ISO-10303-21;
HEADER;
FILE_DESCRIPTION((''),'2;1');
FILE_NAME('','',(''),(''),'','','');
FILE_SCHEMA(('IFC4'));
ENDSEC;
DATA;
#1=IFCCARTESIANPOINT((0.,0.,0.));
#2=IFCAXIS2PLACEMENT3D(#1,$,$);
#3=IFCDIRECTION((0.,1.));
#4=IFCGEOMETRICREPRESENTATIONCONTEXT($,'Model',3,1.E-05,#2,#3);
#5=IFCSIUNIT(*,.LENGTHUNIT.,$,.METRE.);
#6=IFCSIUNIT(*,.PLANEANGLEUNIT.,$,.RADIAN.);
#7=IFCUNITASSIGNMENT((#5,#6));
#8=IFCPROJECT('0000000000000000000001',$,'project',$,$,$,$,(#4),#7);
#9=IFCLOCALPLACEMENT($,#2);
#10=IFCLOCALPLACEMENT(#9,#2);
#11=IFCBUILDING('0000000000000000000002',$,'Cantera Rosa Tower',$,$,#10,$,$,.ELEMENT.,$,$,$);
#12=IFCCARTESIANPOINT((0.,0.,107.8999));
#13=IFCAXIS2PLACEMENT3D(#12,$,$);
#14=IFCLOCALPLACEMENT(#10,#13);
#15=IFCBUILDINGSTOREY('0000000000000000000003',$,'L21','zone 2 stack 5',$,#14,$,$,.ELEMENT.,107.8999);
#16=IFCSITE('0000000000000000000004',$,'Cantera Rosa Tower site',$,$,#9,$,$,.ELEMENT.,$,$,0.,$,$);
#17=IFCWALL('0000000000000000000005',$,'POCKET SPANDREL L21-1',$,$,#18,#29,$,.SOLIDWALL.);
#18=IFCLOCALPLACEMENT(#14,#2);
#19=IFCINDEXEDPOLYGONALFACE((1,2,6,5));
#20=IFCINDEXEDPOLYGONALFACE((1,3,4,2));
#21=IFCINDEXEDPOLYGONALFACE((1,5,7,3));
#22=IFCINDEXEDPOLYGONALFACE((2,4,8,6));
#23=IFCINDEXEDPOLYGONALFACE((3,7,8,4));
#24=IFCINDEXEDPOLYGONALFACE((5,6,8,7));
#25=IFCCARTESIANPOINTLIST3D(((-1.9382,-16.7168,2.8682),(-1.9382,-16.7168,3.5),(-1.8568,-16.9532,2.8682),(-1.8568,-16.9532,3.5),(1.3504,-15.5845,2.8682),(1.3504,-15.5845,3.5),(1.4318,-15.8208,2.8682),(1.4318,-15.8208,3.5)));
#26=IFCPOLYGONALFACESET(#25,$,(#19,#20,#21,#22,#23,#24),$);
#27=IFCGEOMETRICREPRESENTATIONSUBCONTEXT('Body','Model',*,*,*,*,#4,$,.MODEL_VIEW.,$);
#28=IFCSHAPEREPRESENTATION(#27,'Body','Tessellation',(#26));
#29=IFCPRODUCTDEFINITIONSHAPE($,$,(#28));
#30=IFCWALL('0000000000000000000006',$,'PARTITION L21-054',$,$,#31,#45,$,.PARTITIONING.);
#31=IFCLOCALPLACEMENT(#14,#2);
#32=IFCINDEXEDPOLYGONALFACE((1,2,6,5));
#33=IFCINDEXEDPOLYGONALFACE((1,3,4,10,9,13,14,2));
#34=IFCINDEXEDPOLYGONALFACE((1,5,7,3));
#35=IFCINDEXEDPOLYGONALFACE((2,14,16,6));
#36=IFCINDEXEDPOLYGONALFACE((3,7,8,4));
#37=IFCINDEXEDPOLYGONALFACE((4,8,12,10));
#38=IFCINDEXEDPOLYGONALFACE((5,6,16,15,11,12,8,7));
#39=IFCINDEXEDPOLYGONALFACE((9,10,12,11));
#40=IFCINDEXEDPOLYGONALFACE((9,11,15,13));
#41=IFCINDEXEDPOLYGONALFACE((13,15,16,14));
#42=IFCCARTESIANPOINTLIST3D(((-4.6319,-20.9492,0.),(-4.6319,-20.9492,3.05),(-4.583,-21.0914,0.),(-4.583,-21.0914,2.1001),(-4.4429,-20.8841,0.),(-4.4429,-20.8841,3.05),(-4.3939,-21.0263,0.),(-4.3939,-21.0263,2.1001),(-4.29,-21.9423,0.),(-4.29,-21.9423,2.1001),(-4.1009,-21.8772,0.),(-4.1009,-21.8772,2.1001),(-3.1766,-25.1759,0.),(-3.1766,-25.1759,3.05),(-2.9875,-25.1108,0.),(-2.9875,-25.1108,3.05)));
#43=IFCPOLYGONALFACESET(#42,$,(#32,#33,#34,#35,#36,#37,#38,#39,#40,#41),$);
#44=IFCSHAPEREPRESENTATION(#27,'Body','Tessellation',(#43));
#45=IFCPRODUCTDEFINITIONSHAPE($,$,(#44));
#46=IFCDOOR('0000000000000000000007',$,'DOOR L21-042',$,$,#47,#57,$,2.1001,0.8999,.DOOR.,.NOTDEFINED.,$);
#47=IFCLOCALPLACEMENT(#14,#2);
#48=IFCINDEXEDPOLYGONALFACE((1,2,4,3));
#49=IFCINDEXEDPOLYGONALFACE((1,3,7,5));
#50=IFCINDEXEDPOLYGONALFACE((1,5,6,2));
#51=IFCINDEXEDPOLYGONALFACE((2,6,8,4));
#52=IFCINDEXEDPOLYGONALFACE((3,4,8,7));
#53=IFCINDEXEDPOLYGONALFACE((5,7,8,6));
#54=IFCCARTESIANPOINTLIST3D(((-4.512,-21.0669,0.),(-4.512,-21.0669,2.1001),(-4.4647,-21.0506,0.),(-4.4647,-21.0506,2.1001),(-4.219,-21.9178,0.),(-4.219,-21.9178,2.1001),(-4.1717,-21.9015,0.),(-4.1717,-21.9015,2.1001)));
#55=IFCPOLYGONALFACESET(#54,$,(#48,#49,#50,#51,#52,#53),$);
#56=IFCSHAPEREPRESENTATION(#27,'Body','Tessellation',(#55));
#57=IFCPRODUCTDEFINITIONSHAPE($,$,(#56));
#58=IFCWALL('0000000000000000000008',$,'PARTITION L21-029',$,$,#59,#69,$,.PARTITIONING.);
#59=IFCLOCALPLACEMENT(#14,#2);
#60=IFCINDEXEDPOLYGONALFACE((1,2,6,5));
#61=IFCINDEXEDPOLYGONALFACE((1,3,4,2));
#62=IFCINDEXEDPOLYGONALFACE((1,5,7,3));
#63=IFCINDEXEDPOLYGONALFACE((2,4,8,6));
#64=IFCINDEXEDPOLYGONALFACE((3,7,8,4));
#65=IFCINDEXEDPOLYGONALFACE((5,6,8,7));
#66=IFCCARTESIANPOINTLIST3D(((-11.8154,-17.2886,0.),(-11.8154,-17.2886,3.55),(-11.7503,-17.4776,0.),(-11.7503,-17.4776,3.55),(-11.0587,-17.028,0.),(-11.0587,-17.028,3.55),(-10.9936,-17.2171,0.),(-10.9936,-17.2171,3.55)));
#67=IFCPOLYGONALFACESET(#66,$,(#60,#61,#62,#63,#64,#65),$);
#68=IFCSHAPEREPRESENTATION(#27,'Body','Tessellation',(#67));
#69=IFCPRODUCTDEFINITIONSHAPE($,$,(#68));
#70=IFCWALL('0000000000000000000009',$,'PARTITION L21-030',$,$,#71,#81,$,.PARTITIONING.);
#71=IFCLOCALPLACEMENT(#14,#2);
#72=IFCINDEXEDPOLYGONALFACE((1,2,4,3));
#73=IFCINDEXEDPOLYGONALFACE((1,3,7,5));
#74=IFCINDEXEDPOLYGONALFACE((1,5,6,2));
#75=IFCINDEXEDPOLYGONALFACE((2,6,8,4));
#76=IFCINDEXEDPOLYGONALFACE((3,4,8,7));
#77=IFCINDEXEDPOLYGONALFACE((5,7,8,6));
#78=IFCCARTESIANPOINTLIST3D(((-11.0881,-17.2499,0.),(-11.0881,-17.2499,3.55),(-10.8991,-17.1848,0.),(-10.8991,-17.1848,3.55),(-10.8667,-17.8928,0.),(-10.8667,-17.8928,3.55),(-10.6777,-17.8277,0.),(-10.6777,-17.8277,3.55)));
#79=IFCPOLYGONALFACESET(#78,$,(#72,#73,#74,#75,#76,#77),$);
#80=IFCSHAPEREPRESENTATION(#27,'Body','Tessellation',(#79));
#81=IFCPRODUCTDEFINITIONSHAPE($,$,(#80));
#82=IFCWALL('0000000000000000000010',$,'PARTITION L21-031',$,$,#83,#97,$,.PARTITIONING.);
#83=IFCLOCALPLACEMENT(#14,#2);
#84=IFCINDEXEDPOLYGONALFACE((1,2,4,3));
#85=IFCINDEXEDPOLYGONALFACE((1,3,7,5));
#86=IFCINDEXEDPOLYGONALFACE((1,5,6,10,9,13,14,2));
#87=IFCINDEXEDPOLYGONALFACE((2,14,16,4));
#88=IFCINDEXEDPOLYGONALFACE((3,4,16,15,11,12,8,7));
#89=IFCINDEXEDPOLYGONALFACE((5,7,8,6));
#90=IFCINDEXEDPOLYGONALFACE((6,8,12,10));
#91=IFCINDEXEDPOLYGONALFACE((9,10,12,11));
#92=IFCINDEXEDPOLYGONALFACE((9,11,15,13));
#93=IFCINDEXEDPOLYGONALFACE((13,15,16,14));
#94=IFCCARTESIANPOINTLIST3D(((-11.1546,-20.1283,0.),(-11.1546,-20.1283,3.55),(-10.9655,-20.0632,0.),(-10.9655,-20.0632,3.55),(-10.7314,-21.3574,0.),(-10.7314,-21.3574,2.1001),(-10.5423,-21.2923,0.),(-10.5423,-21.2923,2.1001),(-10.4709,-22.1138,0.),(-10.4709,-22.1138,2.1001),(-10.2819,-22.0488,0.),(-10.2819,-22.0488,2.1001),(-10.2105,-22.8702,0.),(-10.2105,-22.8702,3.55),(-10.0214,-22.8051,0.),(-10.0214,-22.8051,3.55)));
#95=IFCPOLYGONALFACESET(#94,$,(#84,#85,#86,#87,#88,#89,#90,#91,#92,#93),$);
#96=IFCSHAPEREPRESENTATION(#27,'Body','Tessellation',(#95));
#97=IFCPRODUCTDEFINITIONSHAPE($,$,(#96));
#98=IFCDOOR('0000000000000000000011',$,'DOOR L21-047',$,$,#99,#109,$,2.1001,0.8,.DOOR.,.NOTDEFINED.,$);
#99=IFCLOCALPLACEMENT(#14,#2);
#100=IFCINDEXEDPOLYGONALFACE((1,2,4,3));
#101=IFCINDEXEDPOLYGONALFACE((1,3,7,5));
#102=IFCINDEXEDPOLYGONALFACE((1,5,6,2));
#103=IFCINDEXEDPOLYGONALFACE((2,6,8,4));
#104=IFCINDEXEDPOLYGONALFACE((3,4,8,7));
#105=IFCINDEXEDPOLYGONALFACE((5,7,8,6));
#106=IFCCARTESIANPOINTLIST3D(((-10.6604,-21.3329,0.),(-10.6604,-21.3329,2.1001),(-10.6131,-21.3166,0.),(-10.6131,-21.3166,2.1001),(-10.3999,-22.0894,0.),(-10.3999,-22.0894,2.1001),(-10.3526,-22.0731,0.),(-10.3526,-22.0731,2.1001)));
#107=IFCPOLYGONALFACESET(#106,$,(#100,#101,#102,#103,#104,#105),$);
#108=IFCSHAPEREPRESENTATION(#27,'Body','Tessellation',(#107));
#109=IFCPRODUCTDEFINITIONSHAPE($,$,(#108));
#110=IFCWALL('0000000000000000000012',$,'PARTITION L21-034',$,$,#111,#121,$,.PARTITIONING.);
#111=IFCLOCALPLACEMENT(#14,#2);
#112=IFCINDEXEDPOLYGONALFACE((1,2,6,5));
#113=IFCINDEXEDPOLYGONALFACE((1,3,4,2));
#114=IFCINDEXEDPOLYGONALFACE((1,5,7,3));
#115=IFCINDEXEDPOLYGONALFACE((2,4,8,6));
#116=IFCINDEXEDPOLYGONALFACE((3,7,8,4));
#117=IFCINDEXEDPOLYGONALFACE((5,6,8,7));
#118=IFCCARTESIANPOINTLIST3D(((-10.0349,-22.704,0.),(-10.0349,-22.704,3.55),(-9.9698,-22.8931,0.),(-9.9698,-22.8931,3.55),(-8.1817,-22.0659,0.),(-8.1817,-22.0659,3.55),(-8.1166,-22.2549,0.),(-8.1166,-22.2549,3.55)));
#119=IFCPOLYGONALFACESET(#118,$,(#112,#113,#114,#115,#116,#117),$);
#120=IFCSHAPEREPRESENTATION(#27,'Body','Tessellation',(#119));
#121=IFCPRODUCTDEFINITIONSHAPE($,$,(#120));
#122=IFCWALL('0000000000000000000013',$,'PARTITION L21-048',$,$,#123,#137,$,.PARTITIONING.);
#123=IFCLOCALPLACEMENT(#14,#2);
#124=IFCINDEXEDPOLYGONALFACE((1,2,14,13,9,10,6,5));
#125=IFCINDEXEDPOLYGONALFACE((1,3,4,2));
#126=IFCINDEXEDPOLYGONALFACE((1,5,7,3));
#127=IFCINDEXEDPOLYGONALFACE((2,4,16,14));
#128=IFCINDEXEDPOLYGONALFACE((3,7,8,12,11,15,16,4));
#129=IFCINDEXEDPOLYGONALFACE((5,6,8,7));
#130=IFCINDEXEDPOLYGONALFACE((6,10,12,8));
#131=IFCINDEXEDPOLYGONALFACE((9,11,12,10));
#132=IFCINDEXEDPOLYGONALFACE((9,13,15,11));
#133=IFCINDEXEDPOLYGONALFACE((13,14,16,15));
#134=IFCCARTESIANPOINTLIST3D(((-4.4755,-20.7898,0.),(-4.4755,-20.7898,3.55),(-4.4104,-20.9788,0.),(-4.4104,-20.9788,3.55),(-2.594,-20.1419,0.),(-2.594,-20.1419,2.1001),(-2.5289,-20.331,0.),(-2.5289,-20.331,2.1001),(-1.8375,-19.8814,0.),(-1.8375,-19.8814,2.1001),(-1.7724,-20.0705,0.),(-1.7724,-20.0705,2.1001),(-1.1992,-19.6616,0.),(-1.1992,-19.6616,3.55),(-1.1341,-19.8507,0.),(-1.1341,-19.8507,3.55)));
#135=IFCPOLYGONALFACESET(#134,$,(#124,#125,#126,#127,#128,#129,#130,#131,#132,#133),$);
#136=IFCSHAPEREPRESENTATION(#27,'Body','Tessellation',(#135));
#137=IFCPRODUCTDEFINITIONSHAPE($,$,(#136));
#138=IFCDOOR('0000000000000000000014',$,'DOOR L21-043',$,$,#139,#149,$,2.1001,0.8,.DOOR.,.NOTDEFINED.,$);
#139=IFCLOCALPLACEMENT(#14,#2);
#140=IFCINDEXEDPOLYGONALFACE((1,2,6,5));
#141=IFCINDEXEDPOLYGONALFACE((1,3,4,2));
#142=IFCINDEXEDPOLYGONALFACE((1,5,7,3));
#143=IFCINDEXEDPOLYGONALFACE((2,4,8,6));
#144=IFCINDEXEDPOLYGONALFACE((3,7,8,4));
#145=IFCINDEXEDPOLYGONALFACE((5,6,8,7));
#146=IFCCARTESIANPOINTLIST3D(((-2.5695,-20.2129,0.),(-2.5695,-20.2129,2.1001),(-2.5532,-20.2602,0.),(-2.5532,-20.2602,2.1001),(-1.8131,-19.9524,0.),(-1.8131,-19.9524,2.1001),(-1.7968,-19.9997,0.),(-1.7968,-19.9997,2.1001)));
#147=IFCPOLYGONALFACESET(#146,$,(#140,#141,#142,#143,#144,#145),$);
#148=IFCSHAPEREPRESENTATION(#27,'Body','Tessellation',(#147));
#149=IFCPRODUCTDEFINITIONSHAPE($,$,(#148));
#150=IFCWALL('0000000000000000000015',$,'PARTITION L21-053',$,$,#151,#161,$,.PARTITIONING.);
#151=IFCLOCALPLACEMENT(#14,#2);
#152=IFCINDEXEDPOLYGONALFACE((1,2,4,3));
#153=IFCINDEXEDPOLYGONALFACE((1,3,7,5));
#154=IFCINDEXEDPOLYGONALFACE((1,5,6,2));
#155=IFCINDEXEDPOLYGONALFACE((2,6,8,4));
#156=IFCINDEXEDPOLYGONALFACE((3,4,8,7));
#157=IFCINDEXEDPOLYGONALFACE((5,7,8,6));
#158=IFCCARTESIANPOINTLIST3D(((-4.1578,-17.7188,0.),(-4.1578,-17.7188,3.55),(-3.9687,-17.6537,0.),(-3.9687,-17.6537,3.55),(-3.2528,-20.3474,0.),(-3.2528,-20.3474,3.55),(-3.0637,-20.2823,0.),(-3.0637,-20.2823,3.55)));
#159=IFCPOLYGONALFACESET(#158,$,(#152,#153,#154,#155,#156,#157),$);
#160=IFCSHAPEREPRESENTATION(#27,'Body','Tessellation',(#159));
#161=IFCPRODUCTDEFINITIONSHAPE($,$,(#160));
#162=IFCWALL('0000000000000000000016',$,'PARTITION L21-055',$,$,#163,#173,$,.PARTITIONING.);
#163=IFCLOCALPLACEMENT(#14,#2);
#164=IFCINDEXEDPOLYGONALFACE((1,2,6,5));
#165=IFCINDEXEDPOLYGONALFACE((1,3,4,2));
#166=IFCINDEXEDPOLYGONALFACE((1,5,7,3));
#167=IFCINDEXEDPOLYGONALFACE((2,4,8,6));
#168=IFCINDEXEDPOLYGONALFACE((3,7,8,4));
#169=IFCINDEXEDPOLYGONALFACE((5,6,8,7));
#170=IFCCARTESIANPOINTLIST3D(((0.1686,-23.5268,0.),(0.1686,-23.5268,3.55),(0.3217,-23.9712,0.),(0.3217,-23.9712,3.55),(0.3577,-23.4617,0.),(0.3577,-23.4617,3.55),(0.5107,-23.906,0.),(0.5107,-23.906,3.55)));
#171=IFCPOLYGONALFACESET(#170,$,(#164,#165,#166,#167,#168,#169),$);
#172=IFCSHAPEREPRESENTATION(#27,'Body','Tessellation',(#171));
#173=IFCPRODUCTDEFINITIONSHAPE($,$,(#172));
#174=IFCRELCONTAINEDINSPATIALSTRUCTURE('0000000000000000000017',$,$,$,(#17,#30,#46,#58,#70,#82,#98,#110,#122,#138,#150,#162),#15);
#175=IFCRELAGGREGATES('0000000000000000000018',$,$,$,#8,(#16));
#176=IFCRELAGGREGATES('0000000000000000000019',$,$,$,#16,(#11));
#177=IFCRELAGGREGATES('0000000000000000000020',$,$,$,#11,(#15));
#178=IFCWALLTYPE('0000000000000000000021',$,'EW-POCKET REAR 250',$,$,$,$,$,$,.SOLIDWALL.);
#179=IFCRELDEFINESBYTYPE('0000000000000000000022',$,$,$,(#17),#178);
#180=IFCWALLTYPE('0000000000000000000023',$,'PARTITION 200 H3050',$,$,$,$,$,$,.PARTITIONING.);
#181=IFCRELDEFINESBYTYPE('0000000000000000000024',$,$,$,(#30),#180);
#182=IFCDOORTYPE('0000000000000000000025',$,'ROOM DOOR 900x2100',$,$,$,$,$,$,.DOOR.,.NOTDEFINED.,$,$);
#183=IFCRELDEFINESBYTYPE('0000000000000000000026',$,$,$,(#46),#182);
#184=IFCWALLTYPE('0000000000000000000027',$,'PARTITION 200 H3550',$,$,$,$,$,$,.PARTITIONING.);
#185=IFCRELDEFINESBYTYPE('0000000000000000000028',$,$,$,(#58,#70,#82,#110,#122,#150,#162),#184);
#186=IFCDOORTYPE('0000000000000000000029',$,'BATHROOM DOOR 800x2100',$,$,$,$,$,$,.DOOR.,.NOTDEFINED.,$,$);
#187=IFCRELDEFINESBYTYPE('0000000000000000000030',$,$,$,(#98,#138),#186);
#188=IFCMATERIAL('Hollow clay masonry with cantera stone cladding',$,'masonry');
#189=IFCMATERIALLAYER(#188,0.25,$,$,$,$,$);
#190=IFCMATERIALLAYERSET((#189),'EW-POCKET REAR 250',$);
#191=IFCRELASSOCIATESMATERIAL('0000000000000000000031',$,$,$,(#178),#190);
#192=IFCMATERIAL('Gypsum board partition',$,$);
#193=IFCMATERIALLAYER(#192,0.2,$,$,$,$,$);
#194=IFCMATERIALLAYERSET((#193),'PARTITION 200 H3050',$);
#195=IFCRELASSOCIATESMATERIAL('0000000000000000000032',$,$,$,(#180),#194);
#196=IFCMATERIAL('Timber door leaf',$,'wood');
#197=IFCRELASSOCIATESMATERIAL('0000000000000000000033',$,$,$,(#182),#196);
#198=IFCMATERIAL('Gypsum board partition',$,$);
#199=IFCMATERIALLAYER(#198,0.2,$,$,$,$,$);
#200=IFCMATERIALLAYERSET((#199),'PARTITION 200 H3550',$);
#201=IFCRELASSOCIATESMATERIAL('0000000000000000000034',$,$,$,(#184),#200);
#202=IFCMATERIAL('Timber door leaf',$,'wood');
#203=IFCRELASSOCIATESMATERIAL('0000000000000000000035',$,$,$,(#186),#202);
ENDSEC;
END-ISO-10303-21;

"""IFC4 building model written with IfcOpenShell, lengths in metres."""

from ifc_helpers import new_model, si_unit, direction, frame, frame_2d, origin, place, context, subcontext, project, spatial, rectangle, extrude, material, layer, layer_set, type_object, element, fill, save


model = new_model("IFC4")

# Units and contexts
model_context = context("Model", 3, precision=1e-05, world=origin(), true_north=direction((0.0, 1.0)))
body_context = subcontext(model_context, "Body", "Model", "MODEL_VIEW")
ifc_project = project(units=[si_unit("LENGTHUNIT", "METRE"), si_unit("PLANEANGLEUNIT", "RADIAN")], contexts=[model_context])

# Site, building, storey
site_placement = place(None, origin())
site = spatial("IfcSite", under=ifc_project, at=site_placement, Name="Cantera Rosa Tower site", CompositionType="ELEMENT", RefElevation=0.0)
building_placement = place(site_placement, origin())
building = spatial("IfcBuilding", under=site, at=building_placement, Name="Cantera Rosa Tower", CompositionType="ELEMENT")
storey_placement = place(building_placement, frame((0.0, 0.0, 107.8999)))
storey = spatial("IfcBuildingStorey", under=building, at=storey_placement, Name="L21", Description="zone 2 stack 5", CompositionType="ELEMENT", Elevation=107.8999)

# Wall
ifc_material_1 = material(Name="Hollow clay masonry with cantera stone cladding", Category="masonry")
ifc_layer_1 = layer(ifc_material_1, 0.25)
ifc_layer_set_1 = layer_set([ifc_layer_1], Name="EW-POCKET REAR 250")
wall_type_1 = type_object("IfcWallType", Name="EW-POCKET REAR 250", PredefinedType="SOLIDWALL", material=ifc_layer_set_1)
wall_1_placement = place(storey_placement, frame((-1.8975, -16.835, 2.8682), z_axis=(0.0, 0.0, 1.0), x_axis=(0.945521, 0.325562, 0.0)))
element("IfcWall", 1, at=wall_1_placement, inside=storey, type_object=wall_type_1, Name="POCKET SPANDREL L21-1", PredefinedType="SOLIDWALL", context=body_context, shape_type="SweptSolid", body=[
    extrude(rectangle(XDim=3.478, YDim=0.25, at=frame_2d((1.739, 0.0))), origin(), (0.0, 0.0, 1.0), 0.6318),
])

# Wall, opening, door
ifc_material_2 = material(Name="Gypsum board partition")
ifc_layer_2 = layer(ifc_material_2, 0.2)
ifc_layer_set_2 = layer_set([ifc_layer_2], Name="PARTITION 200 H3050")
wall_type_2 = type_object("IfcWallType", Name="PARTITION 200 H3050", PredefinedType="PARTITIONING", material=ifc_layer_set_2)
wall_2_placement = place(storey_placement, frame((-3.082, -25.1433, 0.0), z_axis=(0.0, 0.0, 1.0), x_axis=(-0.325568, 0.945519, 0.0)))
wall_2 = element("IfcWall", 2, at=wall_2_placement, inside=storey, type_object=wall_type_2, Name="PARTITION L21-054", PredefinedType="PARTITIONING", context=body_context, shape_type="SweptSolid", body=[
    extrude(rectangle(XDim=4.4702, YDim=0.2, at=frame_2d((2.2351, 0.0))), origin(), (0.0, 0.0, 1.0), 3.05),
])
opening_1_placement = place(wall_2_placement, frame((3.4199, 0.0, 0.0)))
opening_1 = element("IfcOpeningElement", 3, at=opening_1_placement, cuts=wall_2, PredefinedType="OPENING", context=body_context, shape_type="SweptSolid", body=[
    extrude(rectangle(XDim=0.8999, YDim=2.1001, at=frame_2d((0.45, 1.05))), frame((0.0, 0.1099, 0.0), z_axis=(0.0, -1.0, 0.0), x_axis=(1.0, 0.0, 0.0)), (0.0, 0.0, 1.0), 0.22),
])
ifc_material_3 = material(Name="Timber door leaf", Category="wood")
door_type_1 = type_object("IfcDoorType", Name="ROOM DOOR 900x2100", OperationType="NOTDEFINED", PredefinedType="DOOR", material=ifc_material_3)
door_1_placement = place(opening_1_placement, origin())
door_1 = element("IfcDoor", 4, at=door_1_placement, inside=storey, type_object=door_type_1, Name="DOOR L21-042", OperationType="NOTDEFINED", OverallHeight=2.1001, OverallWidth=0.8999, PredefinedType="DOOR", context=body_context, shape_type="SweptSolid", body=[
    extrude(rectangle(XDim=0.8999, YDim=2.1001, at=frame_2d((0.45, 1.05))), frame((0.0, 0.0249, 0.0), z_axis=(0.0, -1.0, 0.0), x_axis=(1.0, 0.0, 0.0)), (0.0, 0.0, 1.0), 0.05),
])
fill(opening_1, door_1)

# Walls
ifc_material_4 = material(Name="Gypsum board partition")
ifc_layer_3 = layer(ifc_material_4, 0.2)
ifc_layer_set_3 = layer_set([ifc_layer_3], Name="PARTITION 200 H3550")
wall_type_3 = type_object("IfcWallType", Name="PARTITION 200 H3550", PredefinedType="PARTITIONING", material=ifc_layer_set_3)
wall_3_placement = place(storey_placement, frame((-11.0261, -17.1226, 0.0), z_axis=(0.0, 0.0, 1.0), x_axis=(-0.945525, -0.325549, 0.0)))
element("IfcWall", 5, at=wall_3_placement, inside=storey, type_object=wall_type_3, Name="PARTITION L21-029", PredefinedType="PARTITIONING", context=body_context, shape_type="SweptSolid", body=[
    extrude(rectangle(XDim=0.8003, YDim=0.2, at=frame_2d((0.4001, 0.0))), origin(), (0.0, 0.0, 1.0), 3.55),
])
wall_4_placement = place(storey_placement, frame((-10.7722, -17.8601, 0.0), z_axis=(0.0, 0.0, 1.0), x_axis=(-0.325692, 0.945476, 0.0)))
element("IfcWall", 6, at=wall_4_placement, inside=storey, type_object=wall_type_3, Name="PARTITION L21-030", PredefinedType="PARTITIONING", context=body_context, shape_type="SweptSolid", body=[
    extrude(rectangle(XDim=0.6799, YDim=0.2, at=frame_2d((0.3398, 0.0))), origin(), (0.0, 0.0, 1.0), 3.55),
])

# Wall, opening, door
wall_5_placement = place(storey_placement, frame((-10.116, -22.8376, 0.0), z_axis=(0.0, 0.0, 1.0), x_axis=(-0.325557, 0.945522, 0.0)))
wall_5 = element("IfcWall", 7, at=wall_5_placement, inside=storey, type_object=wall_type_3, Name="PARTITION L21-031", PredefinedType="PARTITIONING", context=body_context, shape_type="SweptSolid", body=[
    extrude(rectangle(XDim=2.8999, YDim=0.2, at=frame_2d((1.45, 0.0))), origin(), (0.0, 0.0, 1.0), 3.55),
])
opening_2_placement = place(wall_5_placement, frame((0.8, 0.0, 0.0)))
opening_2 = element("IfcOpeningElement", 8, at=opening_2_placement, cuts=wall_5, PredefinedType="OPENING", context=body_context, shape_type="SweptSolid", body=[
    extrude(rectangle(XDim=0.8, YDim=2.1001, at=frame_2d((0.3999, 1.05))), frame((0.0, 0.1099, 0.0), z_axis=(0.0, -1.0, 0.0), x_axis=(1.0, 0.0, 0.0)), (0.0, 0.0, 1.0), 0.22),
])
ifc_material_5 = material(Name="Timber door leaf", Category="wood")
door_type_2 = type_object("IfcDoorType", Name="BATHROOM DOOR 800x2100", OperationType="NOTDEFINED", PredefinedType="DOOR", material=ifc_material_5)
door_2_placement = place(opening_2_placement, origin())
door_2 = element("IfcDoor", 9, at=door_2_placement, inside=storey, type_object=door_type_2, Name="DOOR L21-047", OperationType="NOTDEFINED", OverallHeight=2.1001, OverallWidth=0.8, PredefinedType="DOOR", context=body_context, shape_type="SweptSolid", body=[
    extrude(rectangle(XDim=0.8, YDim=2.1001, at=frame_2d((0.3999, 1.05))), frame((0.0, 0.0249, 0.0), z_axis=(0.0, -1.0, 0.0), x_axis=(1.0, 0.0, 0.0)), (0.0, 0.0, 1.0), 0.05),
])
fill(opening_2, door_2)

# Wall
wall_6_placement = place(storey_placement, frame((-8.1492, -22.1604, 0.0), z_axis=(0.0, 0.0, 1.0), x_axis=(-0.945511, -0.325591, 0.0)))
element("IfcWall", 10, at=wall_6_placement, inside=storey, type_object=wall_type_3, Name="PARTITION L21-034", PredefinedType="PARTITIONING", context=body_context, shape_type="SweptSolid", body=[
    extrude(rectangle(XDim=1.96, YDim=0.2, at=frame_2d((0.98, 0.0))), origin(), (0.0, 0.0, 1.0), 3.55),
])

# Wall, opening, door
wall_7_placement = place(storey_placement, frame((-4.4429, -20.8843, 0.0), z_axis=(0.0, 0.0, 1.0), x_axis=(0.945516, 0.325576, 0.0)))
wall_7 = element("IfcWall", 11, at=wall_7_placement, inside=storey, type_object=wall_type_3, Name="PARTITION L21-048", PredefinedType="PARTITIONING", context=body_context, shape_type="SweptSolid", body=[
    extrude(rectangle(XDim=3.4651, YDim=0.2, at=frame_2d((1.7324, 0.0))), origin(), (0.0, 0.0, 1.0), 3.55),
])
opening_3_placement = place(wall_7_placement, frame((1.99, 0.0, 0.0)))
opening_3 = element("IfcOpeningElement", 12, at=opening_3_placement, cuts=wall_7, PredefinedType="OPENING", context=body_context, shape_type="SweptSolid", body=[
    extrude(rectangle(XDim=0.8, YDim=2.1001, at=frame_2d((0.3999, 1.05))), frame((0.0, 0.1099, 0.0), z_axis=(0.0, -1.0, 0.0), x_axis=(1.0, 0.0, 0.0)), (0.0, 0.0, 1.0), 0.22),
])
door_3_placement = place(opening_3_placement, origin())
door_3 = element("IfcDoor", 13, at=door_3_placement, inside=storey, type_object=door_type_2, Name="DOOR L21-043", OperationType="NOTDEFINED", OverallHeight=2.1001, OverallWidth=0.8, PredefinedType="DOOR", context=body_context, shape_type="SweptSolid", body=[
    extrude(rectangle(XDim=0.8, YDim=2.1001, at=frame_2d((0.3999, 1.05))), frame((0.0, 0.0249, 0.0), z_axis=(0.0, -1.0, 0.0), x_axis=(1.0, 0.0, 0.0)), (0.0, 0.0, 1.0), 0.05),
])
fill(opening_3, door_3)

# Walls
wall_8_placement = place(storey_placement, frame((-3.1582, -20.3149, 0.0), z_axis=(0.0, 0.0, 1.0), x_axis=(-0.325539, 0.945529, 0.0)))
element("IfcWall", 14, at=wall_8_placement, inside=storey, type_object=wall_type_3, Name="PARTITION L21-053", PredefinedType="PARTITIONING", context=body_context, shape_type="SweptSolid", body=[
    extrude(rectangle(XDim=2.78, YDim=0.2, at=frame_2d((1.3901, 0.0))), origin(), (0.0, 0.0, 1.0), 3.55),
])
wall_9_placement = place(storey_placement, frame((0.2632, -23.4944, 0.0), z_axis=(0.0, 0.0, 1.0), x_axis=(0.325719, -0.945467, 0.0)))
element("IfcWall", 15, at=wall_9_placement, inside=storey, type_object=wall_type_3, Name="PARTITION L21-055", PredefinedType="PARTITIONING", context=body_context, shape_type="SweptSolid", body=[
    extrude(rectangle(XDim=0.47, YDim=0.2, at=frame_2d((0.2349, 0.0))), origin(), (0.0, 0.0, 1.0), 3.55),
])

save(model, "model.ifc")
